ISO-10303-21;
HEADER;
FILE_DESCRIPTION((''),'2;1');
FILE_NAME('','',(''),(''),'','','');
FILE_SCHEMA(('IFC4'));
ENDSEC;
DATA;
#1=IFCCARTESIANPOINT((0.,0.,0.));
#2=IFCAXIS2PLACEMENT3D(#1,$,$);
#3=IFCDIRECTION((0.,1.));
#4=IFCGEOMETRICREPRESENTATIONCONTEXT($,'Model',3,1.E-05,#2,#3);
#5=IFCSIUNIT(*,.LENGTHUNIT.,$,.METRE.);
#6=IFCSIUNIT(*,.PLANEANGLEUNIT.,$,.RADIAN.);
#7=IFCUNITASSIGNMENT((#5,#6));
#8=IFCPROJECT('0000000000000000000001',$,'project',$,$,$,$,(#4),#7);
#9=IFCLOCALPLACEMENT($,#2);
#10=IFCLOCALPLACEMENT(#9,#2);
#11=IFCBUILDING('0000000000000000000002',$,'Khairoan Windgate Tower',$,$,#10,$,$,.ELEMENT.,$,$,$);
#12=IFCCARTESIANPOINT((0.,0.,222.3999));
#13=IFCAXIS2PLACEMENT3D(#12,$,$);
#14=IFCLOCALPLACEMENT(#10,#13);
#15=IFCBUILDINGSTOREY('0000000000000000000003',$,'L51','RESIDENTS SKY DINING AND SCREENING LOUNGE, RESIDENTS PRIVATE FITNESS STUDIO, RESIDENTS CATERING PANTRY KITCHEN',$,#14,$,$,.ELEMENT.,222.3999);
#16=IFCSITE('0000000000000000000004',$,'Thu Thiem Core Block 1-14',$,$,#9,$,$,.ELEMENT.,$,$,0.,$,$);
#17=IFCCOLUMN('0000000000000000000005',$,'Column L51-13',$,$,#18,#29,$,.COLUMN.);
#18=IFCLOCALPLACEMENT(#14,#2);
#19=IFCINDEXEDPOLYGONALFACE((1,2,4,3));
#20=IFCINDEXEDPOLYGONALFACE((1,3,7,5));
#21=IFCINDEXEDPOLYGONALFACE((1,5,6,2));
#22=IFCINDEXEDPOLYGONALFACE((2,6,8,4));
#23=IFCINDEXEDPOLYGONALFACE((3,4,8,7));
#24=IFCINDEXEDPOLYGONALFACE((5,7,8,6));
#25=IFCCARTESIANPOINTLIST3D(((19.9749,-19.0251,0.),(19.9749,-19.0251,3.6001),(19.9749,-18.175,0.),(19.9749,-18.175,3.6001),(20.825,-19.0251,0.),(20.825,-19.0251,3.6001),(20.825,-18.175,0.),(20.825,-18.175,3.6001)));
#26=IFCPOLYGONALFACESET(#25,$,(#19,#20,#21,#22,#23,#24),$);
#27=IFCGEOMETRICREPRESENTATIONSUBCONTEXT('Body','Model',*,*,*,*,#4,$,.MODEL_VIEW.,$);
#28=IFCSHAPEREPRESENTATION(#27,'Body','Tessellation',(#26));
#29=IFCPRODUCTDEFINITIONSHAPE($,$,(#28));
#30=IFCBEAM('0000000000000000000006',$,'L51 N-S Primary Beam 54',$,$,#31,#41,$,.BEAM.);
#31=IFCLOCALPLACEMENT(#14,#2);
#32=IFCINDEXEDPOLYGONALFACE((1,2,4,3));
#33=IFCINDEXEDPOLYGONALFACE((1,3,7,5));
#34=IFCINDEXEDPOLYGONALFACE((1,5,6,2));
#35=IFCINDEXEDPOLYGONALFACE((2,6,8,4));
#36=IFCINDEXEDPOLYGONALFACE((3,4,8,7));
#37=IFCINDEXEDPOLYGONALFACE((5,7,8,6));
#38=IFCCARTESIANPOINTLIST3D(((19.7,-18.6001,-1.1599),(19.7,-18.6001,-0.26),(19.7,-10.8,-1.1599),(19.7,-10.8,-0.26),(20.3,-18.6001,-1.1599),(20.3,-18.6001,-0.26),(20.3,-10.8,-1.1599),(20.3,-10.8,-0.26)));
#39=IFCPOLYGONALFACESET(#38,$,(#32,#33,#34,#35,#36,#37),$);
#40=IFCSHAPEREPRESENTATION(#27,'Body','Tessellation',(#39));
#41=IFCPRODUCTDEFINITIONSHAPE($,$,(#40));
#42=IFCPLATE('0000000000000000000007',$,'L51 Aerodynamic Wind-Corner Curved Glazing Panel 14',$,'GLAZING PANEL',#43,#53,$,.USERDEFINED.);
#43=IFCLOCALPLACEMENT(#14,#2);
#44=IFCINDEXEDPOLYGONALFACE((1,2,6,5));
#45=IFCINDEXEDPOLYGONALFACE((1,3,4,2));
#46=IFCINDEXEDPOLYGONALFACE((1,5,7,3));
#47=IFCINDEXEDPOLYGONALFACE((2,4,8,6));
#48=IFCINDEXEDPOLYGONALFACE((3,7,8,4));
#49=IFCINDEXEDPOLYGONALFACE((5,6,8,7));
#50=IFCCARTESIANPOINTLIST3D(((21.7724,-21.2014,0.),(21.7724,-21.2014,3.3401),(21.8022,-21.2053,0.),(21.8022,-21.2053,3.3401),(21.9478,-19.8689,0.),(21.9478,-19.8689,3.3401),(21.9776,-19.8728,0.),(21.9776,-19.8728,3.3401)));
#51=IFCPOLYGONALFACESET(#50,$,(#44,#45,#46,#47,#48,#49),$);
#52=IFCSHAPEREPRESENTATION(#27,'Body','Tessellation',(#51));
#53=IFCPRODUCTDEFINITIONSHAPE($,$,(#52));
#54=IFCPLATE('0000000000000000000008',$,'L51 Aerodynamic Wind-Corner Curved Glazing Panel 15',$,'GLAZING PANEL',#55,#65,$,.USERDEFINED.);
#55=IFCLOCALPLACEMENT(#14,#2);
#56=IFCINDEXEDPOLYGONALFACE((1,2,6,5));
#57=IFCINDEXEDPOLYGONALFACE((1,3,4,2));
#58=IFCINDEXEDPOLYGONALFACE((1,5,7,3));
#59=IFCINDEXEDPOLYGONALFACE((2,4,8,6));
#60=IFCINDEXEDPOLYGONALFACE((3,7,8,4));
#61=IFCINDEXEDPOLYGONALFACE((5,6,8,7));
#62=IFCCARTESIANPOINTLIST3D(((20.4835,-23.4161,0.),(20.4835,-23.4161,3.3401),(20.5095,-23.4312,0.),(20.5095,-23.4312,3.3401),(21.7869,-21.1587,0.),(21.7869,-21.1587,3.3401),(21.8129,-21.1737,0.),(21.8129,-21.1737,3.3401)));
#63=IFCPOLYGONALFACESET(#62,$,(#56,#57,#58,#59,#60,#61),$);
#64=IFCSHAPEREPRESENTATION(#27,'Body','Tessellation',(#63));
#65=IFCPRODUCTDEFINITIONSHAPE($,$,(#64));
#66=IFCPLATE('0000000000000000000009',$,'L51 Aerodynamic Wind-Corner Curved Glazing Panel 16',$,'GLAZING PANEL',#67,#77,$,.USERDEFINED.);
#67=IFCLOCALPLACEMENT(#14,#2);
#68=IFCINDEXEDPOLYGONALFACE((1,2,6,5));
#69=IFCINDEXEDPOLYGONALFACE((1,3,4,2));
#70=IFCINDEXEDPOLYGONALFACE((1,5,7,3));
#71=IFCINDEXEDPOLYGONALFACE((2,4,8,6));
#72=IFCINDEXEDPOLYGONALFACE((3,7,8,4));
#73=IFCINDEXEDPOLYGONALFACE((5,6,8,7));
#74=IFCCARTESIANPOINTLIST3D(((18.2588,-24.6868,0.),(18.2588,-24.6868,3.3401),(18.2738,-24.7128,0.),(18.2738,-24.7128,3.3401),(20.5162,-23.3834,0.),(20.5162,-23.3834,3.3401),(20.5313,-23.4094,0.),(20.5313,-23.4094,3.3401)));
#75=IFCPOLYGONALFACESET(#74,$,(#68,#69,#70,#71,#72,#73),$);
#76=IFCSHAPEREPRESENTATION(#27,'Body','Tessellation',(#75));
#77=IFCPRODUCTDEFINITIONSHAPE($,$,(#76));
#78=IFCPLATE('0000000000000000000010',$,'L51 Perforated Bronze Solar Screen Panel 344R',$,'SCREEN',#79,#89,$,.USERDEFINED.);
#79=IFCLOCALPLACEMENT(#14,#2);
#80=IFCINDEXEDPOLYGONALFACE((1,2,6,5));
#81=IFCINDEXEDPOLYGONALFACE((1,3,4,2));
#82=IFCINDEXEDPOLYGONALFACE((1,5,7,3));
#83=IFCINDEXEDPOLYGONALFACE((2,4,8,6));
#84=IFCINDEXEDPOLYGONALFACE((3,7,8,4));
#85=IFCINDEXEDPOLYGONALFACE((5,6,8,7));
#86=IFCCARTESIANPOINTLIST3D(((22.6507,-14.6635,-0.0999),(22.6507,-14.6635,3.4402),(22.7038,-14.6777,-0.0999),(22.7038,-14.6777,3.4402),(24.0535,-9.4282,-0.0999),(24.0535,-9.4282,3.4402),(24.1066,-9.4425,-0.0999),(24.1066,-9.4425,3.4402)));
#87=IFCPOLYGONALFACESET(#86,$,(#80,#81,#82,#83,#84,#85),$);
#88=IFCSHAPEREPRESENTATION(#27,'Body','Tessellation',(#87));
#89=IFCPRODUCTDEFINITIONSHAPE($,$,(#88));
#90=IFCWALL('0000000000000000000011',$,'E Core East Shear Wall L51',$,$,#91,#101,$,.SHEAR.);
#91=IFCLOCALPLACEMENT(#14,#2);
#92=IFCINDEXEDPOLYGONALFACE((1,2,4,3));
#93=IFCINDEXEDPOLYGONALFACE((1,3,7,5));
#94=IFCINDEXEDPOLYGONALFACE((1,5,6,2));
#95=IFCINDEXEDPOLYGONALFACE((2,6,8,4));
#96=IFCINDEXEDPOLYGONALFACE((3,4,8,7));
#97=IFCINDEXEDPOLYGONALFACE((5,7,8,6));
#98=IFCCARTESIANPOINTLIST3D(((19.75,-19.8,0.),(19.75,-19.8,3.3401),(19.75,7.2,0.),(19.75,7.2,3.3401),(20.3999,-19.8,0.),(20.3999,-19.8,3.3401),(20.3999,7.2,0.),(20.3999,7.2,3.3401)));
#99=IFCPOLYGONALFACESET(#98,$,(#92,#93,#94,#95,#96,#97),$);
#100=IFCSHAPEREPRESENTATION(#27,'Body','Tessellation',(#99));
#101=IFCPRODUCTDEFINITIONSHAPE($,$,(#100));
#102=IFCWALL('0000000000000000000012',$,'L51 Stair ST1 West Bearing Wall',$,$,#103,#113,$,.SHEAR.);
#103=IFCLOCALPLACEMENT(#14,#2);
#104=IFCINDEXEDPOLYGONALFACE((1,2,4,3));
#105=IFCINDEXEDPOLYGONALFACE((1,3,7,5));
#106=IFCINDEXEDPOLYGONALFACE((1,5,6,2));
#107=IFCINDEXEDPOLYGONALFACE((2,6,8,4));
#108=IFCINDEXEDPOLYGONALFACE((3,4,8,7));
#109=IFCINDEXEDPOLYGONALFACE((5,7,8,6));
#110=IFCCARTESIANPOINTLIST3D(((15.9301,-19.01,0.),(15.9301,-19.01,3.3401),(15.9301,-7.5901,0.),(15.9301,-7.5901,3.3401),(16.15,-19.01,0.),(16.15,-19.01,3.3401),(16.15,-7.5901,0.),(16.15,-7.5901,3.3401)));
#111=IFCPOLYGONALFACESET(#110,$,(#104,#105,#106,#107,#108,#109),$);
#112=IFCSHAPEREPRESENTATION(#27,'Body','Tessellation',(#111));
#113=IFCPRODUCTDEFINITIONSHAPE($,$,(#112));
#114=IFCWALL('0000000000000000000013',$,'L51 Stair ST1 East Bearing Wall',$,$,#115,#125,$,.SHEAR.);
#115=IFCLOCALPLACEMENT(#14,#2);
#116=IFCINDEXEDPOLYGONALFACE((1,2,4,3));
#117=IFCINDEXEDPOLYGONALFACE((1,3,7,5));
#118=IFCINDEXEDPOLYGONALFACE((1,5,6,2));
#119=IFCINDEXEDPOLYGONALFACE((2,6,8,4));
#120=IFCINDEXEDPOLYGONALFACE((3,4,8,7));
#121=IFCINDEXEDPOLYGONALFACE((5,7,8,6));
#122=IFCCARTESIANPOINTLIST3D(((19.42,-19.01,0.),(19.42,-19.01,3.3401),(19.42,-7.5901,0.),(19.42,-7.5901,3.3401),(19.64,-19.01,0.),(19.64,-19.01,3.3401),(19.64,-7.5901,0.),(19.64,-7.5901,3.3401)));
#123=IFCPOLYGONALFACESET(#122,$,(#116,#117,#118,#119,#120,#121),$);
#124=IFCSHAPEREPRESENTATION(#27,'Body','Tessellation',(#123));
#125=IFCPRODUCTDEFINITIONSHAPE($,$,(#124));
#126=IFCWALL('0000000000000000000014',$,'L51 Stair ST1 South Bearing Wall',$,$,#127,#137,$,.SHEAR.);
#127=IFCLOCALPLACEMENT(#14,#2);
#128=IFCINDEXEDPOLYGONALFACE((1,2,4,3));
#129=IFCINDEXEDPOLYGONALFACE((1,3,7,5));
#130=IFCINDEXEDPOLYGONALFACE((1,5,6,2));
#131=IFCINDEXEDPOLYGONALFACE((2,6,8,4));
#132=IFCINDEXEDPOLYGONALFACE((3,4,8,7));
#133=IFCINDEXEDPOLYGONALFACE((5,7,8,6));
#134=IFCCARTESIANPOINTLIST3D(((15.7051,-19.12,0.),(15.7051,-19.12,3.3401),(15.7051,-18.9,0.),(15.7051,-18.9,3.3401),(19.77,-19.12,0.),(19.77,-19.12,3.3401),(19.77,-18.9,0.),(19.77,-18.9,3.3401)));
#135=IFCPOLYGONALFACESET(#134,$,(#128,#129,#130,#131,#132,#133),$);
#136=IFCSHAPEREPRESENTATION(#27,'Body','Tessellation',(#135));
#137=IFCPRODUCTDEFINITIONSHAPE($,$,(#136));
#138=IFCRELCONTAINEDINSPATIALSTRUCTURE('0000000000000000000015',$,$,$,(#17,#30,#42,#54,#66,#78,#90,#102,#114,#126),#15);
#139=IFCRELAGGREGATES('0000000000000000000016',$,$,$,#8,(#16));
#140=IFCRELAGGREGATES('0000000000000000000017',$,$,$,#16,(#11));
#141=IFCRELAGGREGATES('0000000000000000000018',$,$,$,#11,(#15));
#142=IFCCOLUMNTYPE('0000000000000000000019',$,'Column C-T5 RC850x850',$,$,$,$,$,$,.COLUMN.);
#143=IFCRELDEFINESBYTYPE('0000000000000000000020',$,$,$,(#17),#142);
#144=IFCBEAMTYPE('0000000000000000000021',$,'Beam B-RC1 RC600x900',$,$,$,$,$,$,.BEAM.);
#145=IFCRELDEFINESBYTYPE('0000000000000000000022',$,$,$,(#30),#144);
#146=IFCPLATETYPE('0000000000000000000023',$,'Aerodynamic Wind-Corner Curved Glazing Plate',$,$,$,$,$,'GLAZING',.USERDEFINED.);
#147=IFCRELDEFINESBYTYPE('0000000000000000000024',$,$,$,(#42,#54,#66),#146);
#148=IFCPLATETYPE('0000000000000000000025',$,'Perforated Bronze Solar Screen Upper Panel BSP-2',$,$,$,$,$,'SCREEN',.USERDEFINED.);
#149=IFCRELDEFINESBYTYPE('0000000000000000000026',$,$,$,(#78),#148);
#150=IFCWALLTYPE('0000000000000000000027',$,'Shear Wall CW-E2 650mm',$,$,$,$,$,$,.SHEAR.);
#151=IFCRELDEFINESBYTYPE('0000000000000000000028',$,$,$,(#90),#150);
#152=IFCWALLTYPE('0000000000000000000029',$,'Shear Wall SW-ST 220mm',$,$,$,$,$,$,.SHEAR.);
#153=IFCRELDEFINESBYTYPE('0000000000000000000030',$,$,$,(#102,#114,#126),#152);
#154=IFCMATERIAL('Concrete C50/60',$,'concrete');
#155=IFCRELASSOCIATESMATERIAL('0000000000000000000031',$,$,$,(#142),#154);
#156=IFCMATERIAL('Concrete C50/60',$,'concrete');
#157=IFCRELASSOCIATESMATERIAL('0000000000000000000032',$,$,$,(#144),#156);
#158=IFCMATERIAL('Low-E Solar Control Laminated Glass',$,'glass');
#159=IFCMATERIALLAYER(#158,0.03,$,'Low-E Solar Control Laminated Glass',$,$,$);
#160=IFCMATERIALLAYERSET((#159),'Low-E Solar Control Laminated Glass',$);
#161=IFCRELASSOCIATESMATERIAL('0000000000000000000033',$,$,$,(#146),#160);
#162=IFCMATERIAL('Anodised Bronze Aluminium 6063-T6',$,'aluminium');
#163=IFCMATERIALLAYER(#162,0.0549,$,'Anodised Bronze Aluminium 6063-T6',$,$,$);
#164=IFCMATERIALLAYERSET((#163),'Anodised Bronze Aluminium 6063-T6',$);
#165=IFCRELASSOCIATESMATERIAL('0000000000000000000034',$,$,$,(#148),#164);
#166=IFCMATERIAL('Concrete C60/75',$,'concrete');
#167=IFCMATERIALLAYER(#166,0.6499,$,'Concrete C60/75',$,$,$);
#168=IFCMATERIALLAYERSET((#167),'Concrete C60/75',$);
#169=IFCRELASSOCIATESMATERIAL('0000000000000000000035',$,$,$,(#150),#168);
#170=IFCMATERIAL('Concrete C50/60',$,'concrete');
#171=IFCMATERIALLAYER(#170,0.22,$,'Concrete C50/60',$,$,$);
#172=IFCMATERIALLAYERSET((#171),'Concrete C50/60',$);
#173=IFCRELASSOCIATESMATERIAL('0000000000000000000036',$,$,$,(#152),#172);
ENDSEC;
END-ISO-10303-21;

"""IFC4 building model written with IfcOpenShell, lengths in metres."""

from ifc_helpers import new_model, si_unit, direction, frame, frame_2d, origin, origin_2d, place, context, subcontext, project, spatial, rectangle, extrude, material, layer, layer_set, material_profile, profile_set, type_object, element, save


model = new_model("IFC4")

# Units and contexts
model_context = context("Model", 3, precision=1e-05, world=origin(), true_north=direction((0.0, 1.0)))
body_context = subcontext(model_context, "Body", "Model", "MODEL_VIEW")
ifc_project = project(units=[si_unit("LENGTHUNIT", "METRE"), si_unit("PLANEANGLEUNIT", "RADIAN")], contexts=[model_context])

# Site, building, storey
site_placement = place(None, origin())
site = spatial("IfcSite", under=ifc_project, at=site_placement, Name="Thu Thiem Core Block 1-14", CompositionType="ELEMENT", RefElevation=0.0)
building_placement = place(site_placement, origin())
building = spatial("IfcBuilding", under=site, at=building_placement, Name="Khairoan Windgate Tower", CompositionType="ELEMENT")
storey_placement = place(building_placement, frame((0.0, 0.0, 222.3999)))
storey = spatial("IfcBuildingStorey", under=building, at=storey_placement, Name="L51", Description="RESIDENTS SKY DINING AND SCREENING LOUNGE, RESIDENTS PRIVATE FITNESS STUDIO, RESIDENTS CATERING PANTRY KITCHEN", CompositionType="ELEMENT", Elevation=222.3999)

# Column
ifc_material_1 = material(Name="Concrete C50/60", Category="concrete")
ifc_material_profile_1 = material_profile(ifc_material_1, rectangle(XDim=0.8501, YDim=0.8501, at=origin_2d()))
ifc_profile_set_1 = profile_set([ifc_material_profile_1], Name="Concrete C50/60")
column_type = type_object("IfcColumnType", Name="Column C-T5 RC850x850", PredefinedType="COLUMN", material=ifc_profile_set_1)
column_placement = place(storey_placement, frame((20.3999, -18.6001, 0.0), z_axis=(0.0, 0.0, 1.0), x_axis=(1.0, 0.0, 0.0)))
element("IfcColumn", 1, at=column_placement, inside=storey, type_object=column_type, Name="Column L51-13", PredefinedType="COLUMN", context=body_context, shape_type="SweptSolid", body=[
    extrude(rectangle(XDim=0.8501, YDim=0.8501, at=origin_2d()), origin(), (0.0, 0.0, 1.0), 3.6001),
])

# Beam
ifc_material_2 = material(Name="Concrete C50/60", Category="concrete")
ifc_material_profile_2 = material_profile(ifc_material_2, rectangle(XDim=0.6001, YDim=0.8999, at=origin_2d()))
ifc_profile_set_2 = profile_set([ifc_material_profile_2], Name="Concrete C50/60")
beam_type = type_object("IfcBeamType", Name="Beam B-RC1 RC600x900", PredefinedType="BEAM", material=ifc_profile_set_2)
beam_placement = place(storey_placement, frame((20.0, -18.6001, -0.71), z_axis=(0.0, 1.0, 0.0), x_axis=(-1.0, 0.0, 0.0)))
element("IfcBeam", 2, at=beam_placement, inside=storey, type_object=beam_type, Name="L51 N-S Primary Beam 54", PredefinedType="BEAM", context=body_context, shape_type="SweptSolid", body=[
    extrude(rectangle(XDim=0.6001, YDim=0.8999, at=origin_2d()), origin(), (0.0, 0.0, 1.0), 7.8),
])

# Plates
ifc_material_3 = material(Name="Low-E Solar Control Laminated Glass", Category="glass")
ifc_layer_1 = layer(ifc_material_3, 0.03, Name="Low-E Solar Control Laminated Glass")
ifc_layer_set_1 = layer_set([ifc_layer_1], Name="Low-E Solar Control Laminated Glass")
plate_type_1 = type_object("IfcPlateType", Name="Aerodynamic Wind-Corner Curved Glazing Plate", ElementType="GLAZING", PredefinedType="USERDEFINED", material=ifc_layer_set_1)
plate_1_placement = place(storey_placement, frame((21.875, -20.5371, 0.0), z_axis=(0.0, 0.0, 1.0), x_axis=(-0.130526, -0.991445, 0.0)))
element("IfcPlate", 3, at=plate_1_placement, inside=storey, type_object=plate_type_1, Name="L51 Aerodynamic Wind-Corner Curved Glazing Panel 14", ObjectType="GLAZING PANEL", PredefinedType="USERDEFINED", context=body_context, shape_type="SweptSolid", body=[
    extrude(rectangle(XDim=1.344, YDim=0.03, at=origin_2d()), origin(), (0.0, 0.0, 1.0), 3.3401),
])
for number, where, z_axis, x_axis, name in (
    (4, (21.1482, -22.2949, 0.0), (0.0, 0.0, 1.0), (-0.5, -0.866025, 0.0), "L51 Aerodynamic Wind-Corner Curved Glazing Panel 15"),
    (5, (19.395, -24.0481, 0.0), (0.0, 0.0, 1.0), (-0.866025, -0.5, 0.0), "L51 Aerodynamic Wind-Corner Curved Glazing Panel 16"),
):
    element("IfcPlate", number, at=place(storey_placement, frame(where, z_axis=z_axis, x_axis=x_axis)), inside=storey, type_object=plate_type_1, Name=name, ObjectType="GLAZING PANEL", PredefinedType="USERDEFINED", context=body_context, shape_type="SweptSolid", body=[
        extrude(rectangle(XDim=2.6067, YDim=0.03, at=origin_2d()), origin(), (0.0, 0.0, 1.0), 3.3401),
    ])

# Plate
ifc_material_4 = material(Name="Anodised Bronze Aluminium 6063-T6", Category="aluminium")
ifc_layer_2 = layer(ifc_material_4, 0.0549, Name="Anodised Bronze Aluminium 6063-T6")
ifc_layer_set_2 = layer_set([ifc_layer_2], Name="Anodised Bronze Aluminium 6063-T6")
plate_type_2 = type_object("IfcPlateType", Name="Perforated Bronze Solar Screen Upper Panel BSP-2", ElementType="SCREEN", PredefinedType="USERDEFINED", material=ifc_layer_set_2)
plate_2_placement = place(storey_placement, frame((23.3787, -12.053, -0.0999), z_axis=(0.0, 0.0, 1.0), x_axis=(-0.258819, -0.965926, 0.0)))
element("IfcPlate", 6, at=plate_2_placement, inside=storey, type_object=plate_type_2, Name="L51 Perforated Bronze Solar Screen Panel 344R", ObjectType="SCREEN", PredefinedType="USERDEFINED", context=body_context, shape_type="SweptSolid", body=[
    extrude(rectangle(XDim=5.4199, YDim=0.0549, at=origin_2d()), origin(), (0.0, 0.0, 1.0), 3.54),
])

# Walls
ifc_material_5 = material(Name="Concrete C60/75", Category="concrete")
ifc_layer_3 = layer(ifc_material_5, 0.6499, Name="Concrete C60/75")
ifc_layer_set_3 = layer_set([ifc_layer_3], Name="Concrete C60/75")
wall_type_1 = type_object("IfcWallType", Name="Shear Wall CW-E2 650mm", PredefinedType="SHEAR", material=ifc_layer_set_3)
wall_1_placement = place(storey_placement, frame((20.075, -19.8, 0.0), z_axis=(0.0, 0.0, 1.0), x_axis=(0.0, 1.0, 0.0)))
element("IfcWall", 7, at=wall_1_placement, inside=storey, type_object=wall_type_1, Name="E Core East Shear Wall L51", PredefinedType="SHEAR", context=body_context, shape_type="SweptSolid", body=[
    extrude(rectangle(XDim=27.0, YDim=0.6499, at=frame_2d((13.5, 0.0))), origin(), (0.0, 0.0, 1.0), 3.3401),
])
ifc_material_6 = material(Name="Concrete C50/60", Category="concrete")
ifc_layer_4 = layer(ifc_material_6, 0.22, Name="Concrete C50/60")
ifc_layer_set_4 = layer_set([ifc_layer_4], Name="Concrete C50/60")
wall_type_2 = type_object("IfcWallType", Name="Shear Wall SW-ST 220mm", PredefinedType="SHEAR", material=ifc_layer_set_4)
for number, where, z_axis, x_axis, name in (
    (8, (16.04, -19.01, 0.0), (0.0, 0.0, 1.0), (0.0, 1.0, 0.0), "L51 Stair ST1 West Bearing Wall"),
    (9, (19.53, -19.01, 0.0), (0.0, 0.0, 1.0), (0.0, 1.0, 0.0), "L51 Stair ST1 East Bearing Wall"),
):
    element("IfcWall", number, at=place(storey_placement, frame(where, z_axis=z_axis, x_axis=x_axis)), inside=storey, type_object=wall_type_2, Name=name, PredefinedType="SHEAR", context=body_context, shape_type="SweptSolid", body=[
        extrude(rectangle(XDim=11.4199, YDim=0.22, at=frame_2d((5.71, 0.0))), origin(), (0.0, 0.0, 1.0), 3.3401),
    ])
wall_2_placement = place(storey_placement, frame((15.7051, -19.01, 0.0), z_axis=(0.0, 0.0, 1.0), x_axis=(1.0, 0.0, 0.0)))
element("IfcWall", 10, at=wall_2_placement, inside=storey, type_object=wall_type_2, Name="L51 Stair ST1 South Bearing Wall", PredefinedType="SHEAR", context=body_context, shape_type="SweptSolid", body=[
    extrude(rectangle(XDim=4.0649, YDim=0.22, at=frame_2d((2.0325, 0.0))), origin(), (0.0, 0.0, 1.0), 3.3401),
])

save(model, "model.ifc")
